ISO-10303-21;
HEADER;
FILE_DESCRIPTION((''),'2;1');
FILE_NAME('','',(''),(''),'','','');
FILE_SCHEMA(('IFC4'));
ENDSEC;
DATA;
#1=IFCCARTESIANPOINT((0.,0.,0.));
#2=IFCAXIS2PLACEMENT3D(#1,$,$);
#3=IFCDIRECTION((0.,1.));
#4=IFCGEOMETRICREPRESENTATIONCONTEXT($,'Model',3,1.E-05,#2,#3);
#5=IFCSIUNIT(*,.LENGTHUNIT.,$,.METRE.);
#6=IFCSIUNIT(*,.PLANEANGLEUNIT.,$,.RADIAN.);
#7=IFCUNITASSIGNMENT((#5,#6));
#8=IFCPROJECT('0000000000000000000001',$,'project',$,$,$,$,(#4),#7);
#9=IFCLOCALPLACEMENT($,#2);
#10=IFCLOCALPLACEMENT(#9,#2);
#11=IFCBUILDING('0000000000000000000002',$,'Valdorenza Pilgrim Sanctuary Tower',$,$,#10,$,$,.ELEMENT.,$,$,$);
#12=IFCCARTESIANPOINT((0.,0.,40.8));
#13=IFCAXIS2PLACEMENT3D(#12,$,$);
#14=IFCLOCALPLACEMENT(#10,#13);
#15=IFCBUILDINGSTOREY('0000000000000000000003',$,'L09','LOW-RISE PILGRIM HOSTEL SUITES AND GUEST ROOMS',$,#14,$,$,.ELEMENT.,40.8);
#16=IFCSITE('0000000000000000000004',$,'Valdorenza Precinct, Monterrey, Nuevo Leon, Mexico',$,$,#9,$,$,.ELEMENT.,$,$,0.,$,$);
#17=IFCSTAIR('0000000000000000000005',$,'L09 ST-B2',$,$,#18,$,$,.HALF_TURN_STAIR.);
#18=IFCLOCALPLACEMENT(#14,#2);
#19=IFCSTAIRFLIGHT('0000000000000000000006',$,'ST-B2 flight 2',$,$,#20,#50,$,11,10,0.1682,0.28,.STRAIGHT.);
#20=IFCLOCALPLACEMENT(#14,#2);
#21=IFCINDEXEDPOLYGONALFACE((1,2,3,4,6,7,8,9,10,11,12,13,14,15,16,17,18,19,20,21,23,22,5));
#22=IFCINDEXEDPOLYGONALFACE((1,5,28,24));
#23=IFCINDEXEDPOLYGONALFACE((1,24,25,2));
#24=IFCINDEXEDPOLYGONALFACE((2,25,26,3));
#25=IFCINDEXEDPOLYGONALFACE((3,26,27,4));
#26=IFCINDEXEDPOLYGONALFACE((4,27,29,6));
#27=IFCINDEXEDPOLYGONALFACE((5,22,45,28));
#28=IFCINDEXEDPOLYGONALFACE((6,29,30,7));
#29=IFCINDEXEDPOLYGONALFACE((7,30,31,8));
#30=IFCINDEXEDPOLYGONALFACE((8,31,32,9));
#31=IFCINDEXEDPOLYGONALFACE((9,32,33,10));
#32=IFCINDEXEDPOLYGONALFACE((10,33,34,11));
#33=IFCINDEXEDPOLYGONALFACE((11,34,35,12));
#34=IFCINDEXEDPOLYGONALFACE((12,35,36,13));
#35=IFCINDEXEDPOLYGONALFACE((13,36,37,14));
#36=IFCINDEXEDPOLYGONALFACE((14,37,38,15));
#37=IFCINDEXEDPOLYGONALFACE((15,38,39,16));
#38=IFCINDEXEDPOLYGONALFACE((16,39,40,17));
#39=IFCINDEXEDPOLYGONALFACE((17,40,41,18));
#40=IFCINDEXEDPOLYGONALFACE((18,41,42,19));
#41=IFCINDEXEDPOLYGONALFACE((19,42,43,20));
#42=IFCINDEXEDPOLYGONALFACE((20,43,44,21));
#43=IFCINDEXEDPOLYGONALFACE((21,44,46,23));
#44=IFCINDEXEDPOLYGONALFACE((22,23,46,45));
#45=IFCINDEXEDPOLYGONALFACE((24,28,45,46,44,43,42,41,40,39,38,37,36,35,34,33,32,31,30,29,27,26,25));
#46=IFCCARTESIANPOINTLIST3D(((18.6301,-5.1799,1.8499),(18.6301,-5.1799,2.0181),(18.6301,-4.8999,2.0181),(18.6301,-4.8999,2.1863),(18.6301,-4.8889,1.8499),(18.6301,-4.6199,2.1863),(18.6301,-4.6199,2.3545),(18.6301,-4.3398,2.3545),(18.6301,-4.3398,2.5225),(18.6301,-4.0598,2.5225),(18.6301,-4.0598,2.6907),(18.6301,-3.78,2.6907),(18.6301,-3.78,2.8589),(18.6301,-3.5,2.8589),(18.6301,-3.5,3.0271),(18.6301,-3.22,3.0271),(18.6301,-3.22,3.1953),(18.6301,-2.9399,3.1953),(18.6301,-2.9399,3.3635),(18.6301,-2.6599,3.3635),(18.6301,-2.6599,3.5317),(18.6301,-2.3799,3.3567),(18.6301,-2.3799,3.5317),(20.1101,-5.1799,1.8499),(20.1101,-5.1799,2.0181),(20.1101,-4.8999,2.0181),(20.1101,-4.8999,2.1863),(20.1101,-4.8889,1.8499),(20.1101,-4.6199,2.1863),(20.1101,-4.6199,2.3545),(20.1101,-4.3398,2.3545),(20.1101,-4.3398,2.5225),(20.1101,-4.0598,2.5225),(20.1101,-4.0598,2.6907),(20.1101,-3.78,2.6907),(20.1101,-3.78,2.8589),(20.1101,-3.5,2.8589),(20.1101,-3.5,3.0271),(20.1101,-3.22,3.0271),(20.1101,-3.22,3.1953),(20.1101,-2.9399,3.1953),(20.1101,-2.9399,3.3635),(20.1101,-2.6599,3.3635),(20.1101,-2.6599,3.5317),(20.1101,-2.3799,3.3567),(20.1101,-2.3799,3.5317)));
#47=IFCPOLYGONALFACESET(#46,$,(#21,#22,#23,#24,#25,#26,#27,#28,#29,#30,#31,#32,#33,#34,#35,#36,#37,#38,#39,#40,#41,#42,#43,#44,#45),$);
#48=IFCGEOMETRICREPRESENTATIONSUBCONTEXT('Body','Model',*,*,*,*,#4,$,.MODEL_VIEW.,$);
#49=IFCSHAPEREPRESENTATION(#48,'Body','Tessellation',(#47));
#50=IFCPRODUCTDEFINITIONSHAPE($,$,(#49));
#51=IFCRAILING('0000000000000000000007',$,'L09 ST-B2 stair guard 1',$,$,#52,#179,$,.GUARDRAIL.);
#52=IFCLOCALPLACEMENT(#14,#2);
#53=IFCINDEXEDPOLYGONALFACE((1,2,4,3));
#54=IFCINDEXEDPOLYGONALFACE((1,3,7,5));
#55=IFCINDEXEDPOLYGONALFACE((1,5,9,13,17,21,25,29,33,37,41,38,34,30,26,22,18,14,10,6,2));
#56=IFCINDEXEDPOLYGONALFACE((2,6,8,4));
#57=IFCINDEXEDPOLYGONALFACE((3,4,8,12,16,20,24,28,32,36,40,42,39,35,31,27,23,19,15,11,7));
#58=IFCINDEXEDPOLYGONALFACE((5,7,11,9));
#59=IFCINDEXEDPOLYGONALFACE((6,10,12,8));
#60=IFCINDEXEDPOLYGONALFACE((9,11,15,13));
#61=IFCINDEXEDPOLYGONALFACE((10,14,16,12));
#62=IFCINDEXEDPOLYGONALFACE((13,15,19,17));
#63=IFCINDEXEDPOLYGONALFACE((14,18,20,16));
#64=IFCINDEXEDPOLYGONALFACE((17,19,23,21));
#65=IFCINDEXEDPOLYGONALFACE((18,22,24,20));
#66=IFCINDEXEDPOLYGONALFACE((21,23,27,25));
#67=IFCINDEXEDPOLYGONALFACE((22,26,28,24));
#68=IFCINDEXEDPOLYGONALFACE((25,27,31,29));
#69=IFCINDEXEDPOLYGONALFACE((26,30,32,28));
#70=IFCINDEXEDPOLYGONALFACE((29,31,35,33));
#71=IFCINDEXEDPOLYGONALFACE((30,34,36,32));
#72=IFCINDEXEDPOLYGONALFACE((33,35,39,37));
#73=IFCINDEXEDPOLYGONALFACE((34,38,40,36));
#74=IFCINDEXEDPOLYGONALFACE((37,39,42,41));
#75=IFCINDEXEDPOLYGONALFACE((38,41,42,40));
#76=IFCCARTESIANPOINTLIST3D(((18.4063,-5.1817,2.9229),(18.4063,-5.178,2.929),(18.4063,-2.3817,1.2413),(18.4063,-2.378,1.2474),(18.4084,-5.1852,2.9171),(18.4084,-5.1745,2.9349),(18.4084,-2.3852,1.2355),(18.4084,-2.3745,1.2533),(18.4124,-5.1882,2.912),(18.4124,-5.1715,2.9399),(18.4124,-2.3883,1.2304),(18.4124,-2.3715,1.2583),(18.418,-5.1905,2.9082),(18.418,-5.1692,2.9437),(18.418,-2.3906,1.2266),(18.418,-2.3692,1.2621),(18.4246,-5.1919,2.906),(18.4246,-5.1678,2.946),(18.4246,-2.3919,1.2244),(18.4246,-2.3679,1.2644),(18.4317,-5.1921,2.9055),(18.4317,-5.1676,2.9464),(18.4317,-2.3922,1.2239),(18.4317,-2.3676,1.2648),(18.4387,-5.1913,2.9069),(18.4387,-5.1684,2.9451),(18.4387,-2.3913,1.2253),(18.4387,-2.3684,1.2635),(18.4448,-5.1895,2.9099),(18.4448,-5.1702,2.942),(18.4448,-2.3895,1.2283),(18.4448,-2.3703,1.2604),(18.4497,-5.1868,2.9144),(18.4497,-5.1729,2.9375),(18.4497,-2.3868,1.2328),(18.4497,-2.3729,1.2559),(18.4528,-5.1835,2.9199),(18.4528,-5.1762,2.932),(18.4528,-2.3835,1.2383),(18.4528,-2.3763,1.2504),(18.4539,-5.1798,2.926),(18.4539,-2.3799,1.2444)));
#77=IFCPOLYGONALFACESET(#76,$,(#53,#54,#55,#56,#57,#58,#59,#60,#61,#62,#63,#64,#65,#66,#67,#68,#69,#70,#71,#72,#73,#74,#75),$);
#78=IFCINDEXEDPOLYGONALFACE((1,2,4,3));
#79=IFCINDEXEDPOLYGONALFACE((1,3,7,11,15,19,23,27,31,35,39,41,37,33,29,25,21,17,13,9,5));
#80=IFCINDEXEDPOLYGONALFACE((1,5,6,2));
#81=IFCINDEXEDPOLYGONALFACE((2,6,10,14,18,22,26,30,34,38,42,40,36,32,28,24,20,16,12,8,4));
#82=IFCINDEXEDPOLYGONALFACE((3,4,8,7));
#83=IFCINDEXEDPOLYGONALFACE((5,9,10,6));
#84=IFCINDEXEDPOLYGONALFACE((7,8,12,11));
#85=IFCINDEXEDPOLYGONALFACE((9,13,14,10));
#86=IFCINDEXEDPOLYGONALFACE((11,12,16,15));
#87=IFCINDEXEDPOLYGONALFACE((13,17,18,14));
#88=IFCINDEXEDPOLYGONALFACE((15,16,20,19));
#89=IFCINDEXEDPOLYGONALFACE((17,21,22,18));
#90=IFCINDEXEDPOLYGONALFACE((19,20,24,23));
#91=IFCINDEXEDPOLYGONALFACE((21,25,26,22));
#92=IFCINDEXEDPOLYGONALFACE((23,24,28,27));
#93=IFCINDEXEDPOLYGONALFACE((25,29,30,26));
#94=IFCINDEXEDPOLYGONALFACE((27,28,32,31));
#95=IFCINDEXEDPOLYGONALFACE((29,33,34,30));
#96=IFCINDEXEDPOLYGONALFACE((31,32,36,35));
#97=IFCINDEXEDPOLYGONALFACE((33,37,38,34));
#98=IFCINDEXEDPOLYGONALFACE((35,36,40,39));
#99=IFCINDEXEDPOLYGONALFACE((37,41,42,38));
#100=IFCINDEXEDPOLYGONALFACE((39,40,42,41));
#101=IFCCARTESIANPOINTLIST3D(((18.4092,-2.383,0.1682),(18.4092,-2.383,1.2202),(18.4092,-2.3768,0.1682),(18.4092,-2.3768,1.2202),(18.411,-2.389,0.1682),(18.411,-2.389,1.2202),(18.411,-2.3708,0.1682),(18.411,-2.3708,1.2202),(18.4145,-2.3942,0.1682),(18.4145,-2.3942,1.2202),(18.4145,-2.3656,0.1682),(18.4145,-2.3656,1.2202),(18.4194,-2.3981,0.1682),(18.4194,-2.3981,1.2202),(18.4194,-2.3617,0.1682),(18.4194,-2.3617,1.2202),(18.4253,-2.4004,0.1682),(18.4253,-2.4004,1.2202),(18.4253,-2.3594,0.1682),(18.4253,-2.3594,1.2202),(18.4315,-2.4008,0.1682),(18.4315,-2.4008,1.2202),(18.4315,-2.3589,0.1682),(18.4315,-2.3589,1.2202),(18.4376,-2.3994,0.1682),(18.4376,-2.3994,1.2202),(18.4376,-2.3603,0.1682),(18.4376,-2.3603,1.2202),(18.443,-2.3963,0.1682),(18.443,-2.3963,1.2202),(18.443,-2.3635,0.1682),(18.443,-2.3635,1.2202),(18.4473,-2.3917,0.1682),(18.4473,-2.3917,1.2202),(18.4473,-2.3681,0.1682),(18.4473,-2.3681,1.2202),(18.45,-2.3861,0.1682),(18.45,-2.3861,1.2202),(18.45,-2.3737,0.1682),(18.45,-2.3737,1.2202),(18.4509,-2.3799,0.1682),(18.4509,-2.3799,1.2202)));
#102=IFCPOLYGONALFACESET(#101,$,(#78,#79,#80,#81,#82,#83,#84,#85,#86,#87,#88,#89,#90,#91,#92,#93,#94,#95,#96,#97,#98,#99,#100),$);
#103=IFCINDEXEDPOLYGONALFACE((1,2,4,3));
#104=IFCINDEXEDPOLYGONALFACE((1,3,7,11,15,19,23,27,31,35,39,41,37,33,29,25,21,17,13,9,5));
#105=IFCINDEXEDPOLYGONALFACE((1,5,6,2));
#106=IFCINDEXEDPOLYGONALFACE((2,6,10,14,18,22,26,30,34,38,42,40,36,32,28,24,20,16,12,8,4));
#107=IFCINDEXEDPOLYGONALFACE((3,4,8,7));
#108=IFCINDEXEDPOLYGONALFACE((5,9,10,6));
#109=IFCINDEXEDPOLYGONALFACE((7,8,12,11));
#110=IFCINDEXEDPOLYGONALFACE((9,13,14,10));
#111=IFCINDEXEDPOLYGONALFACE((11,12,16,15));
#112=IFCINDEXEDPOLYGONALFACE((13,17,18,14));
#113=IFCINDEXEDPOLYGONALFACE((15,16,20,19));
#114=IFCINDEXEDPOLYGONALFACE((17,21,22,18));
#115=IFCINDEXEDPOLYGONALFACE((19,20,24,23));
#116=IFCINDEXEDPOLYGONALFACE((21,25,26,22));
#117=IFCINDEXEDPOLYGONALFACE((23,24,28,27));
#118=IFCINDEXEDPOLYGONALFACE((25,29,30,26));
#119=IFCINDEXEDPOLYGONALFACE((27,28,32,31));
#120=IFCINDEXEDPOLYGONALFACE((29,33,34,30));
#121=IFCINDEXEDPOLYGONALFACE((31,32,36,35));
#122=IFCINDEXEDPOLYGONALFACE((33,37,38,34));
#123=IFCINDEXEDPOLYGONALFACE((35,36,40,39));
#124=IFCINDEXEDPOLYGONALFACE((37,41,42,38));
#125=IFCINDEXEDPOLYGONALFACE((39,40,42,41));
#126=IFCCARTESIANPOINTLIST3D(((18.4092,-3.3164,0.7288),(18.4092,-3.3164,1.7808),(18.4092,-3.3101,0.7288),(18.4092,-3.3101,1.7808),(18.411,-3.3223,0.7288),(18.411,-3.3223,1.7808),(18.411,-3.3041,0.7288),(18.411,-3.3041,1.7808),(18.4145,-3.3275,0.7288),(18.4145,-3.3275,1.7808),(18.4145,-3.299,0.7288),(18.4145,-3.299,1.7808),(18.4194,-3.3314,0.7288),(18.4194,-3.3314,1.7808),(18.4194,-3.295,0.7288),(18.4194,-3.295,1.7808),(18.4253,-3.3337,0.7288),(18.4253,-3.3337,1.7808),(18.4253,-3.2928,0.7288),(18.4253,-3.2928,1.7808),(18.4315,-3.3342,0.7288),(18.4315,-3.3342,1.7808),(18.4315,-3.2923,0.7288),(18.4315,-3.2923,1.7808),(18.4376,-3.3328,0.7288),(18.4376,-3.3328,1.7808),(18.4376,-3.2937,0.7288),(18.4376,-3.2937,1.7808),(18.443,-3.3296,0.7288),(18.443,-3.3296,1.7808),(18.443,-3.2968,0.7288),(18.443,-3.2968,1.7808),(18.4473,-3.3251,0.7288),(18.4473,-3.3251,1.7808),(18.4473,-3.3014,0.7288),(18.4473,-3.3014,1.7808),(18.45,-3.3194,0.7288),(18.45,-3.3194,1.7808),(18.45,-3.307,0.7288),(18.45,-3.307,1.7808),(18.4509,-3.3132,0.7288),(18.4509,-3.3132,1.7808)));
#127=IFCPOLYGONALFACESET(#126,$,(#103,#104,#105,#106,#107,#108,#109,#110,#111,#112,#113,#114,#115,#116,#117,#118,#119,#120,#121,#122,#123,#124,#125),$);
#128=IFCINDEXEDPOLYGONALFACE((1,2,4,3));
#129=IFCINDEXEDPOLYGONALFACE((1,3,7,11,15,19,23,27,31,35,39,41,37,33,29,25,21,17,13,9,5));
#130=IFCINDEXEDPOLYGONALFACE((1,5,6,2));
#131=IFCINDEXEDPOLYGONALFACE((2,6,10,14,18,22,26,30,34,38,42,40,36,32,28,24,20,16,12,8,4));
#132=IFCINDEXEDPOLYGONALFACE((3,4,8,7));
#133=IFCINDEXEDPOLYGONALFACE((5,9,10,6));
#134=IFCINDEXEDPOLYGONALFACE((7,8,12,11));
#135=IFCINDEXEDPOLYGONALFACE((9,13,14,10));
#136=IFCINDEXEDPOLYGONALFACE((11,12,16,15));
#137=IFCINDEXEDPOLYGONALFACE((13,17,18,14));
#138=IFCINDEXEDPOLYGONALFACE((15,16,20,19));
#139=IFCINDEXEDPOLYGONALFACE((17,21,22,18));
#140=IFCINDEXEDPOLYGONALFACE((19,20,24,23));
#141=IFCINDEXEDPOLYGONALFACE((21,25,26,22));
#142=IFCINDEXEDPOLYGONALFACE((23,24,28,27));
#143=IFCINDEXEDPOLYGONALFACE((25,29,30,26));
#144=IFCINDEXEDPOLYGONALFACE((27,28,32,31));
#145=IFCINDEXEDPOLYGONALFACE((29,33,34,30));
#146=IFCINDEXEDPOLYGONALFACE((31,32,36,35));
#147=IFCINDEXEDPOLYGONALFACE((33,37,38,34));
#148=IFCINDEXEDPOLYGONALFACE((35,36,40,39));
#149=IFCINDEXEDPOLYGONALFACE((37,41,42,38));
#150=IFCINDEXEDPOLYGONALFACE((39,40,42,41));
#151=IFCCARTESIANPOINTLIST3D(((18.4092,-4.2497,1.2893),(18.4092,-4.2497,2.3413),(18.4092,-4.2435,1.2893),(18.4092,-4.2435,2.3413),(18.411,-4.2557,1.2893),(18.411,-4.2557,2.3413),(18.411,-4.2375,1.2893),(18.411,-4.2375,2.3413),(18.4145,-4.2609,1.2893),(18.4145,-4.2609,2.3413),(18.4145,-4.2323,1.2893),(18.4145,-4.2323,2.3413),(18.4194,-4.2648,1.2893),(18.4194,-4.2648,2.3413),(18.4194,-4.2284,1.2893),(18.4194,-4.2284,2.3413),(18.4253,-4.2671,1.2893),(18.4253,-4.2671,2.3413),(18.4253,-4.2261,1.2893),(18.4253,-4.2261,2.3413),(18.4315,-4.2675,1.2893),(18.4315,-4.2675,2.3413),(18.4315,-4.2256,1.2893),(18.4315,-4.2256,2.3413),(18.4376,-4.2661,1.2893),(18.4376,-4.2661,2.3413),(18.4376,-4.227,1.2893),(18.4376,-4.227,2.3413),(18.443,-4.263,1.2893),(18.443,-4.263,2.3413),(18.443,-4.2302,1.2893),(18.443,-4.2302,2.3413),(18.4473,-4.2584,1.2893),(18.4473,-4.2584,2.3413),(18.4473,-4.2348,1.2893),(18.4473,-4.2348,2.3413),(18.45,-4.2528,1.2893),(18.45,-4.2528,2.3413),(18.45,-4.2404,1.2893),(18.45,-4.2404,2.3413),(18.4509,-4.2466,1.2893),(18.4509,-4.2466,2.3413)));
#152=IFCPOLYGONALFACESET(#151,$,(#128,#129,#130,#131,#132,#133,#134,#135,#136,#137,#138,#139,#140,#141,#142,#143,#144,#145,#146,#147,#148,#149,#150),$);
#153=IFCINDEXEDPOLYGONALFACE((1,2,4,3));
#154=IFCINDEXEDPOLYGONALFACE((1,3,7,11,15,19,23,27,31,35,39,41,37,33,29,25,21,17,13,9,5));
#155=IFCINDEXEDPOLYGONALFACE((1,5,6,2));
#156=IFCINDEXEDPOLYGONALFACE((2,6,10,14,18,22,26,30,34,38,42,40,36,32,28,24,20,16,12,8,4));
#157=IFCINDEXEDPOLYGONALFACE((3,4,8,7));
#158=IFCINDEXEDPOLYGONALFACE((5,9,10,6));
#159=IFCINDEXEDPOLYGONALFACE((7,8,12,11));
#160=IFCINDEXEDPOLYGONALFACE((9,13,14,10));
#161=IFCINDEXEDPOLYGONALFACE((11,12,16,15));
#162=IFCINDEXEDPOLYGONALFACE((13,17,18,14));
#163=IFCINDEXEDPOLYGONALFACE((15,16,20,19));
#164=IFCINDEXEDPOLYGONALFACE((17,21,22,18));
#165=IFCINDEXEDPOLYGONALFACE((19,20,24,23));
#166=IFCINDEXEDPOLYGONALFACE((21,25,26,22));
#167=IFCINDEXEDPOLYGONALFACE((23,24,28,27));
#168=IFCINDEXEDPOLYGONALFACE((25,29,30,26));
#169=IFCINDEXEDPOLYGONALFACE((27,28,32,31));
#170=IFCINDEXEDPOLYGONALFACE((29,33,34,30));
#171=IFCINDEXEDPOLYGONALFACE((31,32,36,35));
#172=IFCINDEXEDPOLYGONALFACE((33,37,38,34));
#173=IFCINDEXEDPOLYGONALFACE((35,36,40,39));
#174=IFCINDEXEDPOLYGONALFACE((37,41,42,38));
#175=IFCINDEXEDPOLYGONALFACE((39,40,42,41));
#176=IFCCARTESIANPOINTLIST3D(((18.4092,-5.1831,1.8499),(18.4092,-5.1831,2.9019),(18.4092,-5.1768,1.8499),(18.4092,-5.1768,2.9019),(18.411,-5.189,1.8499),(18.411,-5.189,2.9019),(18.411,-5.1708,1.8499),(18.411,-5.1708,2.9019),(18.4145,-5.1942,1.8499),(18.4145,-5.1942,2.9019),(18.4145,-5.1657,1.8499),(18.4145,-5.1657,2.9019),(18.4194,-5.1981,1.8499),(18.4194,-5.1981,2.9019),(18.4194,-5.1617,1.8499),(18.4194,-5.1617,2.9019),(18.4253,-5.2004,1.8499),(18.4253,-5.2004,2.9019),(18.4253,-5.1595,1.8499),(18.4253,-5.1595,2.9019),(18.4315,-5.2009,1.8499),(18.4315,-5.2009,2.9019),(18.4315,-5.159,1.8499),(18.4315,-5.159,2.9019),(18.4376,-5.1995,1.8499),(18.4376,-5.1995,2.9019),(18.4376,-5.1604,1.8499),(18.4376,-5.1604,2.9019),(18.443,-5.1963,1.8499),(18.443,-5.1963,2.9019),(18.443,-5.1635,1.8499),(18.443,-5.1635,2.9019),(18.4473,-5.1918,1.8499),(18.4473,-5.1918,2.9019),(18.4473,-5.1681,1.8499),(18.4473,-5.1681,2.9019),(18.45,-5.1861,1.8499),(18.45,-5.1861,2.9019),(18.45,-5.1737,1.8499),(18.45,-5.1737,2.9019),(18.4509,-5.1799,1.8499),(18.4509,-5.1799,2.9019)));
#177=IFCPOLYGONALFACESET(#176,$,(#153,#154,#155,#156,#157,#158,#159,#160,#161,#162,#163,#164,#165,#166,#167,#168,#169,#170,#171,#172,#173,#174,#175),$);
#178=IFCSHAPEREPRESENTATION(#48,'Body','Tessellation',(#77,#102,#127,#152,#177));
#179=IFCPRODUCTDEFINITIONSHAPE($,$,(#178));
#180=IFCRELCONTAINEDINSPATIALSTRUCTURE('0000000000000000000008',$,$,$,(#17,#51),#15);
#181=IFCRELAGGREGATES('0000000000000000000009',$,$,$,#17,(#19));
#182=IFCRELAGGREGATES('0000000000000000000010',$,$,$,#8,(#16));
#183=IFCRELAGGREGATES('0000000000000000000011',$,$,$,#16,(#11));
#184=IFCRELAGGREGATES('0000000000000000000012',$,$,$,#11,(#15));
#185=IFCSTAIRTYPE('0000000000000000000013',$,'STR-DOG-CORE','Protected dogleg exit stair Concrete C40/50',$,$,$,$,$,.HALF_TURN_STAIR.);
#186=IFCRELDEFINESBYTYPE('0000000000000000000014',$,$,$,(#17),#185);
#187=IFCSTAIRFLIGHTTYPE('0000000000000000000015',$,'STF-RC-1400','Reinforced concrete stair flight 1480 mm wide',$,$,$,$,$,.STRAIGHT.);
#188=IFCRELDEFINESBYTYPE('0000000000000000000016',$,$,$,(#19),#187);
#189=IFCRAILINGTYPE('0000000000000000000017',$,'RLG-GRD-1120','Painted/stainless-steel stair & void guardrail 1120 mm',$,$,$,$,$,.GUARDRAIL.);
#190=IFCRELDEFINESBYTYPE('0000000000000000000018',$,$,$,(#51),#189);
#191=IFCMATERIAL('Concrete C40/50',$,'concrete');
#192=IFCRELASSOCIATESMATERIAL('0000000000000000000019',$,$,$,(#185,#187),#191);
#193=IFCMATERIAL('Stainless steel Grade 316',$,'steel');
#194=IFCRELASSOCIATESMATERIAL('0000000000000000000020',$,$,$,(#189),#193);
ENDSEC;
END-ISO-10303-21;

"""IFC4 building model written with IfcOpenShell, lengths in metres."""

from ifc_helpers import new_model, si_unit, direction, frame, origin, origin_2d, place, context, subcontext, project, spatial, polyline, circle, outline, extrude, material, type_object, element, aggregate, save


model = new_model("IFC4")

# Units and contexts
model_context = context("Model", 3, precision=1e-05, world=origin(), true_north=direction((0.0, 1.0)))
body_context = subcontext(model_context, "Body", "Model", "MODEL_VIEW")
ifc_project = project(units=[si_unit("LENGTHUNIT", "METRE"), si_unit("PLANEANGLEUNIT", "RADIAN")], contexts=[model_context])

# Site, building, storey
site_placement = place(None, origin())
site = spatial("IfcSite", under=ifc_project, at=site_placement, Name="Valdorenza Precinct, Monterrey, Nuevo Leon, Mexico", CompositionType="ELEMENT", RefElevation=0.0)
building_placement = place(site_placement, origin())
building = spatial("IfcBuilding", under=site, at=building_placement, Name="Valdorenza Pilgrim Sanctuary Tower", CompositionType="ELEMENT")
storey_placement = place(building_placement, frame((0.0, 0.0, 40.8)))
storey = spatial("IfcBuildingStorey", under=building, at=storey_placement, Name="L09", Description="LOW-RISE PILGRIM HOSTEL SUITES AND GUEST ROOMS", CompositionType="ELEMENT", Elevation=40.8)

# Shared definitions
ifc_material_1 = material(Name="Concrete C40/50", Category="concrete")

# Stair, stair flight
stair_type = type_object("IfcStairType", Name="STR-DOG-CORE", Description="Protected dogleg exit stair Concrete C40/50", PredefinedType="HALF_TURN_STAIR", material=ifc_material_1)
stair_placement = place(storey_placement, origin())
stair = element("IfcStair", 1, at=stair_placement, inside=storey, type_object=stair_type, Name="L09 ST-B2", PredefinedType="HALF_TURN_STAIR")
stair_flight_type = type_object("IfcStairFlightType", Name="STF-RC-1400", Description="Reinforced concrete stair flight 1480 mm wide", PredefinedType="STRAIGHT", material=ifc_material_1)
stair_flight_1_placement = place(storey_placement, frame((19.3701, -5.1799, 1.8499), z_axis=(0.0, 0.0, 1.0), x_axis=(0.0, 1.0, 0.0)))
stair_flight_1 = element("IfcStairFlight", 2, at=stair_flight_1_placement, type_object=stair_flight_type, Name="ST-B2 flight 2", NumberOfRisers=11, NumberOfTreads=10, PredefinedType="STRAIGHT", RiserHeight=0.1682, TreadLength=0.28, context=body_context, shape_type="SweptSolid", body=[
    extrude(outline(polyline([(0.0, 0.0), (0.0, 0.1682), (0.28, 0.1682), (0.28, 0.3364), (0.5601, 0.3364), (0.5601, 0.5046), (0.8401, 0.5046), (0.8401, 0.6726), (1.1201, 0.6726), (1.1201, 0.8408), (1.3999, 0.8408), (1.3999, 1.009), (1.6799, 1.009), (1.6799, 1.1772), (1.96, 1.1772), (1.96, 1.3455), (2.24, 1.3455), (2.24, 1.5137), (2.52, 1.5137), (2.52, 1.6819), (2.8, 1.6819), (2.8, 1.8501), (2.8, 1.5068), (0.291, 0.0), (0.0, 0.0)])), frame((0.0, 0.74, 0.0), z_axis=(0.0, -1.0, 0.0), x_axis=(1.0, 0.0, 0.0)), (0.0, 0.0, 1.0), 1.48),
])
aggregate(stair, [stair_flight_1])

# Railing
ifc_material_2 = material(Name="Stainless steel Grade 316", Category="steel")
railing_type_1 = type_object("IfcRailingType", Name="RLG-GRD-1120", Description="Painted/stainless-steel stair & void guardrail 1120 mm", PredefinedType="GUARDRAIL", material=ifc_material_2)
railing_1_placement = place(storey_placement, frame((18.4299, -2.3799, 0.1682)))
element("IfcRailing", 3, at=railing_1_placement, inside=storey, type_object=railing_type_1, Name="L09 ST-B2 stair guard 1", PredefinedType="GUARDRAIL", context=body_context, shape_type="SweptSolid", body=[
    extrude(circle(Radius=0.0239, at=origin_2d()), frame((0.0, 0.0, 1.0762), z_axis=(0.0, -0.857275, 0.514858), x_axis=(1.0, 0.0, 0.0)), (0.0, 0.0, 1.0), 3.2661),
    extrude(circle(Radius=0.021, at=origin_2d()), origin(), (0.0, 0.0, 1.0), 1.052),
    extrude(circle(Radius=0.021, at=origin_2d()), frame((0.0, -0.9333, 0.5605)), (0.0, 0.0, 1.0), 1.052),
    extrude(circle(Radius=0.021, at=origin_2d()), frame((0.0, -1.8667, 1.1211)), (0.0, 0.0, 1.0), 1.052),
    extrude(circle(Radius=0.021, at=origin_2d()), frame((0.0, -2.8, 1.6816)), (0.0, 0.0, 1.0), 1.052),
])

save(model, "model.ifc")
